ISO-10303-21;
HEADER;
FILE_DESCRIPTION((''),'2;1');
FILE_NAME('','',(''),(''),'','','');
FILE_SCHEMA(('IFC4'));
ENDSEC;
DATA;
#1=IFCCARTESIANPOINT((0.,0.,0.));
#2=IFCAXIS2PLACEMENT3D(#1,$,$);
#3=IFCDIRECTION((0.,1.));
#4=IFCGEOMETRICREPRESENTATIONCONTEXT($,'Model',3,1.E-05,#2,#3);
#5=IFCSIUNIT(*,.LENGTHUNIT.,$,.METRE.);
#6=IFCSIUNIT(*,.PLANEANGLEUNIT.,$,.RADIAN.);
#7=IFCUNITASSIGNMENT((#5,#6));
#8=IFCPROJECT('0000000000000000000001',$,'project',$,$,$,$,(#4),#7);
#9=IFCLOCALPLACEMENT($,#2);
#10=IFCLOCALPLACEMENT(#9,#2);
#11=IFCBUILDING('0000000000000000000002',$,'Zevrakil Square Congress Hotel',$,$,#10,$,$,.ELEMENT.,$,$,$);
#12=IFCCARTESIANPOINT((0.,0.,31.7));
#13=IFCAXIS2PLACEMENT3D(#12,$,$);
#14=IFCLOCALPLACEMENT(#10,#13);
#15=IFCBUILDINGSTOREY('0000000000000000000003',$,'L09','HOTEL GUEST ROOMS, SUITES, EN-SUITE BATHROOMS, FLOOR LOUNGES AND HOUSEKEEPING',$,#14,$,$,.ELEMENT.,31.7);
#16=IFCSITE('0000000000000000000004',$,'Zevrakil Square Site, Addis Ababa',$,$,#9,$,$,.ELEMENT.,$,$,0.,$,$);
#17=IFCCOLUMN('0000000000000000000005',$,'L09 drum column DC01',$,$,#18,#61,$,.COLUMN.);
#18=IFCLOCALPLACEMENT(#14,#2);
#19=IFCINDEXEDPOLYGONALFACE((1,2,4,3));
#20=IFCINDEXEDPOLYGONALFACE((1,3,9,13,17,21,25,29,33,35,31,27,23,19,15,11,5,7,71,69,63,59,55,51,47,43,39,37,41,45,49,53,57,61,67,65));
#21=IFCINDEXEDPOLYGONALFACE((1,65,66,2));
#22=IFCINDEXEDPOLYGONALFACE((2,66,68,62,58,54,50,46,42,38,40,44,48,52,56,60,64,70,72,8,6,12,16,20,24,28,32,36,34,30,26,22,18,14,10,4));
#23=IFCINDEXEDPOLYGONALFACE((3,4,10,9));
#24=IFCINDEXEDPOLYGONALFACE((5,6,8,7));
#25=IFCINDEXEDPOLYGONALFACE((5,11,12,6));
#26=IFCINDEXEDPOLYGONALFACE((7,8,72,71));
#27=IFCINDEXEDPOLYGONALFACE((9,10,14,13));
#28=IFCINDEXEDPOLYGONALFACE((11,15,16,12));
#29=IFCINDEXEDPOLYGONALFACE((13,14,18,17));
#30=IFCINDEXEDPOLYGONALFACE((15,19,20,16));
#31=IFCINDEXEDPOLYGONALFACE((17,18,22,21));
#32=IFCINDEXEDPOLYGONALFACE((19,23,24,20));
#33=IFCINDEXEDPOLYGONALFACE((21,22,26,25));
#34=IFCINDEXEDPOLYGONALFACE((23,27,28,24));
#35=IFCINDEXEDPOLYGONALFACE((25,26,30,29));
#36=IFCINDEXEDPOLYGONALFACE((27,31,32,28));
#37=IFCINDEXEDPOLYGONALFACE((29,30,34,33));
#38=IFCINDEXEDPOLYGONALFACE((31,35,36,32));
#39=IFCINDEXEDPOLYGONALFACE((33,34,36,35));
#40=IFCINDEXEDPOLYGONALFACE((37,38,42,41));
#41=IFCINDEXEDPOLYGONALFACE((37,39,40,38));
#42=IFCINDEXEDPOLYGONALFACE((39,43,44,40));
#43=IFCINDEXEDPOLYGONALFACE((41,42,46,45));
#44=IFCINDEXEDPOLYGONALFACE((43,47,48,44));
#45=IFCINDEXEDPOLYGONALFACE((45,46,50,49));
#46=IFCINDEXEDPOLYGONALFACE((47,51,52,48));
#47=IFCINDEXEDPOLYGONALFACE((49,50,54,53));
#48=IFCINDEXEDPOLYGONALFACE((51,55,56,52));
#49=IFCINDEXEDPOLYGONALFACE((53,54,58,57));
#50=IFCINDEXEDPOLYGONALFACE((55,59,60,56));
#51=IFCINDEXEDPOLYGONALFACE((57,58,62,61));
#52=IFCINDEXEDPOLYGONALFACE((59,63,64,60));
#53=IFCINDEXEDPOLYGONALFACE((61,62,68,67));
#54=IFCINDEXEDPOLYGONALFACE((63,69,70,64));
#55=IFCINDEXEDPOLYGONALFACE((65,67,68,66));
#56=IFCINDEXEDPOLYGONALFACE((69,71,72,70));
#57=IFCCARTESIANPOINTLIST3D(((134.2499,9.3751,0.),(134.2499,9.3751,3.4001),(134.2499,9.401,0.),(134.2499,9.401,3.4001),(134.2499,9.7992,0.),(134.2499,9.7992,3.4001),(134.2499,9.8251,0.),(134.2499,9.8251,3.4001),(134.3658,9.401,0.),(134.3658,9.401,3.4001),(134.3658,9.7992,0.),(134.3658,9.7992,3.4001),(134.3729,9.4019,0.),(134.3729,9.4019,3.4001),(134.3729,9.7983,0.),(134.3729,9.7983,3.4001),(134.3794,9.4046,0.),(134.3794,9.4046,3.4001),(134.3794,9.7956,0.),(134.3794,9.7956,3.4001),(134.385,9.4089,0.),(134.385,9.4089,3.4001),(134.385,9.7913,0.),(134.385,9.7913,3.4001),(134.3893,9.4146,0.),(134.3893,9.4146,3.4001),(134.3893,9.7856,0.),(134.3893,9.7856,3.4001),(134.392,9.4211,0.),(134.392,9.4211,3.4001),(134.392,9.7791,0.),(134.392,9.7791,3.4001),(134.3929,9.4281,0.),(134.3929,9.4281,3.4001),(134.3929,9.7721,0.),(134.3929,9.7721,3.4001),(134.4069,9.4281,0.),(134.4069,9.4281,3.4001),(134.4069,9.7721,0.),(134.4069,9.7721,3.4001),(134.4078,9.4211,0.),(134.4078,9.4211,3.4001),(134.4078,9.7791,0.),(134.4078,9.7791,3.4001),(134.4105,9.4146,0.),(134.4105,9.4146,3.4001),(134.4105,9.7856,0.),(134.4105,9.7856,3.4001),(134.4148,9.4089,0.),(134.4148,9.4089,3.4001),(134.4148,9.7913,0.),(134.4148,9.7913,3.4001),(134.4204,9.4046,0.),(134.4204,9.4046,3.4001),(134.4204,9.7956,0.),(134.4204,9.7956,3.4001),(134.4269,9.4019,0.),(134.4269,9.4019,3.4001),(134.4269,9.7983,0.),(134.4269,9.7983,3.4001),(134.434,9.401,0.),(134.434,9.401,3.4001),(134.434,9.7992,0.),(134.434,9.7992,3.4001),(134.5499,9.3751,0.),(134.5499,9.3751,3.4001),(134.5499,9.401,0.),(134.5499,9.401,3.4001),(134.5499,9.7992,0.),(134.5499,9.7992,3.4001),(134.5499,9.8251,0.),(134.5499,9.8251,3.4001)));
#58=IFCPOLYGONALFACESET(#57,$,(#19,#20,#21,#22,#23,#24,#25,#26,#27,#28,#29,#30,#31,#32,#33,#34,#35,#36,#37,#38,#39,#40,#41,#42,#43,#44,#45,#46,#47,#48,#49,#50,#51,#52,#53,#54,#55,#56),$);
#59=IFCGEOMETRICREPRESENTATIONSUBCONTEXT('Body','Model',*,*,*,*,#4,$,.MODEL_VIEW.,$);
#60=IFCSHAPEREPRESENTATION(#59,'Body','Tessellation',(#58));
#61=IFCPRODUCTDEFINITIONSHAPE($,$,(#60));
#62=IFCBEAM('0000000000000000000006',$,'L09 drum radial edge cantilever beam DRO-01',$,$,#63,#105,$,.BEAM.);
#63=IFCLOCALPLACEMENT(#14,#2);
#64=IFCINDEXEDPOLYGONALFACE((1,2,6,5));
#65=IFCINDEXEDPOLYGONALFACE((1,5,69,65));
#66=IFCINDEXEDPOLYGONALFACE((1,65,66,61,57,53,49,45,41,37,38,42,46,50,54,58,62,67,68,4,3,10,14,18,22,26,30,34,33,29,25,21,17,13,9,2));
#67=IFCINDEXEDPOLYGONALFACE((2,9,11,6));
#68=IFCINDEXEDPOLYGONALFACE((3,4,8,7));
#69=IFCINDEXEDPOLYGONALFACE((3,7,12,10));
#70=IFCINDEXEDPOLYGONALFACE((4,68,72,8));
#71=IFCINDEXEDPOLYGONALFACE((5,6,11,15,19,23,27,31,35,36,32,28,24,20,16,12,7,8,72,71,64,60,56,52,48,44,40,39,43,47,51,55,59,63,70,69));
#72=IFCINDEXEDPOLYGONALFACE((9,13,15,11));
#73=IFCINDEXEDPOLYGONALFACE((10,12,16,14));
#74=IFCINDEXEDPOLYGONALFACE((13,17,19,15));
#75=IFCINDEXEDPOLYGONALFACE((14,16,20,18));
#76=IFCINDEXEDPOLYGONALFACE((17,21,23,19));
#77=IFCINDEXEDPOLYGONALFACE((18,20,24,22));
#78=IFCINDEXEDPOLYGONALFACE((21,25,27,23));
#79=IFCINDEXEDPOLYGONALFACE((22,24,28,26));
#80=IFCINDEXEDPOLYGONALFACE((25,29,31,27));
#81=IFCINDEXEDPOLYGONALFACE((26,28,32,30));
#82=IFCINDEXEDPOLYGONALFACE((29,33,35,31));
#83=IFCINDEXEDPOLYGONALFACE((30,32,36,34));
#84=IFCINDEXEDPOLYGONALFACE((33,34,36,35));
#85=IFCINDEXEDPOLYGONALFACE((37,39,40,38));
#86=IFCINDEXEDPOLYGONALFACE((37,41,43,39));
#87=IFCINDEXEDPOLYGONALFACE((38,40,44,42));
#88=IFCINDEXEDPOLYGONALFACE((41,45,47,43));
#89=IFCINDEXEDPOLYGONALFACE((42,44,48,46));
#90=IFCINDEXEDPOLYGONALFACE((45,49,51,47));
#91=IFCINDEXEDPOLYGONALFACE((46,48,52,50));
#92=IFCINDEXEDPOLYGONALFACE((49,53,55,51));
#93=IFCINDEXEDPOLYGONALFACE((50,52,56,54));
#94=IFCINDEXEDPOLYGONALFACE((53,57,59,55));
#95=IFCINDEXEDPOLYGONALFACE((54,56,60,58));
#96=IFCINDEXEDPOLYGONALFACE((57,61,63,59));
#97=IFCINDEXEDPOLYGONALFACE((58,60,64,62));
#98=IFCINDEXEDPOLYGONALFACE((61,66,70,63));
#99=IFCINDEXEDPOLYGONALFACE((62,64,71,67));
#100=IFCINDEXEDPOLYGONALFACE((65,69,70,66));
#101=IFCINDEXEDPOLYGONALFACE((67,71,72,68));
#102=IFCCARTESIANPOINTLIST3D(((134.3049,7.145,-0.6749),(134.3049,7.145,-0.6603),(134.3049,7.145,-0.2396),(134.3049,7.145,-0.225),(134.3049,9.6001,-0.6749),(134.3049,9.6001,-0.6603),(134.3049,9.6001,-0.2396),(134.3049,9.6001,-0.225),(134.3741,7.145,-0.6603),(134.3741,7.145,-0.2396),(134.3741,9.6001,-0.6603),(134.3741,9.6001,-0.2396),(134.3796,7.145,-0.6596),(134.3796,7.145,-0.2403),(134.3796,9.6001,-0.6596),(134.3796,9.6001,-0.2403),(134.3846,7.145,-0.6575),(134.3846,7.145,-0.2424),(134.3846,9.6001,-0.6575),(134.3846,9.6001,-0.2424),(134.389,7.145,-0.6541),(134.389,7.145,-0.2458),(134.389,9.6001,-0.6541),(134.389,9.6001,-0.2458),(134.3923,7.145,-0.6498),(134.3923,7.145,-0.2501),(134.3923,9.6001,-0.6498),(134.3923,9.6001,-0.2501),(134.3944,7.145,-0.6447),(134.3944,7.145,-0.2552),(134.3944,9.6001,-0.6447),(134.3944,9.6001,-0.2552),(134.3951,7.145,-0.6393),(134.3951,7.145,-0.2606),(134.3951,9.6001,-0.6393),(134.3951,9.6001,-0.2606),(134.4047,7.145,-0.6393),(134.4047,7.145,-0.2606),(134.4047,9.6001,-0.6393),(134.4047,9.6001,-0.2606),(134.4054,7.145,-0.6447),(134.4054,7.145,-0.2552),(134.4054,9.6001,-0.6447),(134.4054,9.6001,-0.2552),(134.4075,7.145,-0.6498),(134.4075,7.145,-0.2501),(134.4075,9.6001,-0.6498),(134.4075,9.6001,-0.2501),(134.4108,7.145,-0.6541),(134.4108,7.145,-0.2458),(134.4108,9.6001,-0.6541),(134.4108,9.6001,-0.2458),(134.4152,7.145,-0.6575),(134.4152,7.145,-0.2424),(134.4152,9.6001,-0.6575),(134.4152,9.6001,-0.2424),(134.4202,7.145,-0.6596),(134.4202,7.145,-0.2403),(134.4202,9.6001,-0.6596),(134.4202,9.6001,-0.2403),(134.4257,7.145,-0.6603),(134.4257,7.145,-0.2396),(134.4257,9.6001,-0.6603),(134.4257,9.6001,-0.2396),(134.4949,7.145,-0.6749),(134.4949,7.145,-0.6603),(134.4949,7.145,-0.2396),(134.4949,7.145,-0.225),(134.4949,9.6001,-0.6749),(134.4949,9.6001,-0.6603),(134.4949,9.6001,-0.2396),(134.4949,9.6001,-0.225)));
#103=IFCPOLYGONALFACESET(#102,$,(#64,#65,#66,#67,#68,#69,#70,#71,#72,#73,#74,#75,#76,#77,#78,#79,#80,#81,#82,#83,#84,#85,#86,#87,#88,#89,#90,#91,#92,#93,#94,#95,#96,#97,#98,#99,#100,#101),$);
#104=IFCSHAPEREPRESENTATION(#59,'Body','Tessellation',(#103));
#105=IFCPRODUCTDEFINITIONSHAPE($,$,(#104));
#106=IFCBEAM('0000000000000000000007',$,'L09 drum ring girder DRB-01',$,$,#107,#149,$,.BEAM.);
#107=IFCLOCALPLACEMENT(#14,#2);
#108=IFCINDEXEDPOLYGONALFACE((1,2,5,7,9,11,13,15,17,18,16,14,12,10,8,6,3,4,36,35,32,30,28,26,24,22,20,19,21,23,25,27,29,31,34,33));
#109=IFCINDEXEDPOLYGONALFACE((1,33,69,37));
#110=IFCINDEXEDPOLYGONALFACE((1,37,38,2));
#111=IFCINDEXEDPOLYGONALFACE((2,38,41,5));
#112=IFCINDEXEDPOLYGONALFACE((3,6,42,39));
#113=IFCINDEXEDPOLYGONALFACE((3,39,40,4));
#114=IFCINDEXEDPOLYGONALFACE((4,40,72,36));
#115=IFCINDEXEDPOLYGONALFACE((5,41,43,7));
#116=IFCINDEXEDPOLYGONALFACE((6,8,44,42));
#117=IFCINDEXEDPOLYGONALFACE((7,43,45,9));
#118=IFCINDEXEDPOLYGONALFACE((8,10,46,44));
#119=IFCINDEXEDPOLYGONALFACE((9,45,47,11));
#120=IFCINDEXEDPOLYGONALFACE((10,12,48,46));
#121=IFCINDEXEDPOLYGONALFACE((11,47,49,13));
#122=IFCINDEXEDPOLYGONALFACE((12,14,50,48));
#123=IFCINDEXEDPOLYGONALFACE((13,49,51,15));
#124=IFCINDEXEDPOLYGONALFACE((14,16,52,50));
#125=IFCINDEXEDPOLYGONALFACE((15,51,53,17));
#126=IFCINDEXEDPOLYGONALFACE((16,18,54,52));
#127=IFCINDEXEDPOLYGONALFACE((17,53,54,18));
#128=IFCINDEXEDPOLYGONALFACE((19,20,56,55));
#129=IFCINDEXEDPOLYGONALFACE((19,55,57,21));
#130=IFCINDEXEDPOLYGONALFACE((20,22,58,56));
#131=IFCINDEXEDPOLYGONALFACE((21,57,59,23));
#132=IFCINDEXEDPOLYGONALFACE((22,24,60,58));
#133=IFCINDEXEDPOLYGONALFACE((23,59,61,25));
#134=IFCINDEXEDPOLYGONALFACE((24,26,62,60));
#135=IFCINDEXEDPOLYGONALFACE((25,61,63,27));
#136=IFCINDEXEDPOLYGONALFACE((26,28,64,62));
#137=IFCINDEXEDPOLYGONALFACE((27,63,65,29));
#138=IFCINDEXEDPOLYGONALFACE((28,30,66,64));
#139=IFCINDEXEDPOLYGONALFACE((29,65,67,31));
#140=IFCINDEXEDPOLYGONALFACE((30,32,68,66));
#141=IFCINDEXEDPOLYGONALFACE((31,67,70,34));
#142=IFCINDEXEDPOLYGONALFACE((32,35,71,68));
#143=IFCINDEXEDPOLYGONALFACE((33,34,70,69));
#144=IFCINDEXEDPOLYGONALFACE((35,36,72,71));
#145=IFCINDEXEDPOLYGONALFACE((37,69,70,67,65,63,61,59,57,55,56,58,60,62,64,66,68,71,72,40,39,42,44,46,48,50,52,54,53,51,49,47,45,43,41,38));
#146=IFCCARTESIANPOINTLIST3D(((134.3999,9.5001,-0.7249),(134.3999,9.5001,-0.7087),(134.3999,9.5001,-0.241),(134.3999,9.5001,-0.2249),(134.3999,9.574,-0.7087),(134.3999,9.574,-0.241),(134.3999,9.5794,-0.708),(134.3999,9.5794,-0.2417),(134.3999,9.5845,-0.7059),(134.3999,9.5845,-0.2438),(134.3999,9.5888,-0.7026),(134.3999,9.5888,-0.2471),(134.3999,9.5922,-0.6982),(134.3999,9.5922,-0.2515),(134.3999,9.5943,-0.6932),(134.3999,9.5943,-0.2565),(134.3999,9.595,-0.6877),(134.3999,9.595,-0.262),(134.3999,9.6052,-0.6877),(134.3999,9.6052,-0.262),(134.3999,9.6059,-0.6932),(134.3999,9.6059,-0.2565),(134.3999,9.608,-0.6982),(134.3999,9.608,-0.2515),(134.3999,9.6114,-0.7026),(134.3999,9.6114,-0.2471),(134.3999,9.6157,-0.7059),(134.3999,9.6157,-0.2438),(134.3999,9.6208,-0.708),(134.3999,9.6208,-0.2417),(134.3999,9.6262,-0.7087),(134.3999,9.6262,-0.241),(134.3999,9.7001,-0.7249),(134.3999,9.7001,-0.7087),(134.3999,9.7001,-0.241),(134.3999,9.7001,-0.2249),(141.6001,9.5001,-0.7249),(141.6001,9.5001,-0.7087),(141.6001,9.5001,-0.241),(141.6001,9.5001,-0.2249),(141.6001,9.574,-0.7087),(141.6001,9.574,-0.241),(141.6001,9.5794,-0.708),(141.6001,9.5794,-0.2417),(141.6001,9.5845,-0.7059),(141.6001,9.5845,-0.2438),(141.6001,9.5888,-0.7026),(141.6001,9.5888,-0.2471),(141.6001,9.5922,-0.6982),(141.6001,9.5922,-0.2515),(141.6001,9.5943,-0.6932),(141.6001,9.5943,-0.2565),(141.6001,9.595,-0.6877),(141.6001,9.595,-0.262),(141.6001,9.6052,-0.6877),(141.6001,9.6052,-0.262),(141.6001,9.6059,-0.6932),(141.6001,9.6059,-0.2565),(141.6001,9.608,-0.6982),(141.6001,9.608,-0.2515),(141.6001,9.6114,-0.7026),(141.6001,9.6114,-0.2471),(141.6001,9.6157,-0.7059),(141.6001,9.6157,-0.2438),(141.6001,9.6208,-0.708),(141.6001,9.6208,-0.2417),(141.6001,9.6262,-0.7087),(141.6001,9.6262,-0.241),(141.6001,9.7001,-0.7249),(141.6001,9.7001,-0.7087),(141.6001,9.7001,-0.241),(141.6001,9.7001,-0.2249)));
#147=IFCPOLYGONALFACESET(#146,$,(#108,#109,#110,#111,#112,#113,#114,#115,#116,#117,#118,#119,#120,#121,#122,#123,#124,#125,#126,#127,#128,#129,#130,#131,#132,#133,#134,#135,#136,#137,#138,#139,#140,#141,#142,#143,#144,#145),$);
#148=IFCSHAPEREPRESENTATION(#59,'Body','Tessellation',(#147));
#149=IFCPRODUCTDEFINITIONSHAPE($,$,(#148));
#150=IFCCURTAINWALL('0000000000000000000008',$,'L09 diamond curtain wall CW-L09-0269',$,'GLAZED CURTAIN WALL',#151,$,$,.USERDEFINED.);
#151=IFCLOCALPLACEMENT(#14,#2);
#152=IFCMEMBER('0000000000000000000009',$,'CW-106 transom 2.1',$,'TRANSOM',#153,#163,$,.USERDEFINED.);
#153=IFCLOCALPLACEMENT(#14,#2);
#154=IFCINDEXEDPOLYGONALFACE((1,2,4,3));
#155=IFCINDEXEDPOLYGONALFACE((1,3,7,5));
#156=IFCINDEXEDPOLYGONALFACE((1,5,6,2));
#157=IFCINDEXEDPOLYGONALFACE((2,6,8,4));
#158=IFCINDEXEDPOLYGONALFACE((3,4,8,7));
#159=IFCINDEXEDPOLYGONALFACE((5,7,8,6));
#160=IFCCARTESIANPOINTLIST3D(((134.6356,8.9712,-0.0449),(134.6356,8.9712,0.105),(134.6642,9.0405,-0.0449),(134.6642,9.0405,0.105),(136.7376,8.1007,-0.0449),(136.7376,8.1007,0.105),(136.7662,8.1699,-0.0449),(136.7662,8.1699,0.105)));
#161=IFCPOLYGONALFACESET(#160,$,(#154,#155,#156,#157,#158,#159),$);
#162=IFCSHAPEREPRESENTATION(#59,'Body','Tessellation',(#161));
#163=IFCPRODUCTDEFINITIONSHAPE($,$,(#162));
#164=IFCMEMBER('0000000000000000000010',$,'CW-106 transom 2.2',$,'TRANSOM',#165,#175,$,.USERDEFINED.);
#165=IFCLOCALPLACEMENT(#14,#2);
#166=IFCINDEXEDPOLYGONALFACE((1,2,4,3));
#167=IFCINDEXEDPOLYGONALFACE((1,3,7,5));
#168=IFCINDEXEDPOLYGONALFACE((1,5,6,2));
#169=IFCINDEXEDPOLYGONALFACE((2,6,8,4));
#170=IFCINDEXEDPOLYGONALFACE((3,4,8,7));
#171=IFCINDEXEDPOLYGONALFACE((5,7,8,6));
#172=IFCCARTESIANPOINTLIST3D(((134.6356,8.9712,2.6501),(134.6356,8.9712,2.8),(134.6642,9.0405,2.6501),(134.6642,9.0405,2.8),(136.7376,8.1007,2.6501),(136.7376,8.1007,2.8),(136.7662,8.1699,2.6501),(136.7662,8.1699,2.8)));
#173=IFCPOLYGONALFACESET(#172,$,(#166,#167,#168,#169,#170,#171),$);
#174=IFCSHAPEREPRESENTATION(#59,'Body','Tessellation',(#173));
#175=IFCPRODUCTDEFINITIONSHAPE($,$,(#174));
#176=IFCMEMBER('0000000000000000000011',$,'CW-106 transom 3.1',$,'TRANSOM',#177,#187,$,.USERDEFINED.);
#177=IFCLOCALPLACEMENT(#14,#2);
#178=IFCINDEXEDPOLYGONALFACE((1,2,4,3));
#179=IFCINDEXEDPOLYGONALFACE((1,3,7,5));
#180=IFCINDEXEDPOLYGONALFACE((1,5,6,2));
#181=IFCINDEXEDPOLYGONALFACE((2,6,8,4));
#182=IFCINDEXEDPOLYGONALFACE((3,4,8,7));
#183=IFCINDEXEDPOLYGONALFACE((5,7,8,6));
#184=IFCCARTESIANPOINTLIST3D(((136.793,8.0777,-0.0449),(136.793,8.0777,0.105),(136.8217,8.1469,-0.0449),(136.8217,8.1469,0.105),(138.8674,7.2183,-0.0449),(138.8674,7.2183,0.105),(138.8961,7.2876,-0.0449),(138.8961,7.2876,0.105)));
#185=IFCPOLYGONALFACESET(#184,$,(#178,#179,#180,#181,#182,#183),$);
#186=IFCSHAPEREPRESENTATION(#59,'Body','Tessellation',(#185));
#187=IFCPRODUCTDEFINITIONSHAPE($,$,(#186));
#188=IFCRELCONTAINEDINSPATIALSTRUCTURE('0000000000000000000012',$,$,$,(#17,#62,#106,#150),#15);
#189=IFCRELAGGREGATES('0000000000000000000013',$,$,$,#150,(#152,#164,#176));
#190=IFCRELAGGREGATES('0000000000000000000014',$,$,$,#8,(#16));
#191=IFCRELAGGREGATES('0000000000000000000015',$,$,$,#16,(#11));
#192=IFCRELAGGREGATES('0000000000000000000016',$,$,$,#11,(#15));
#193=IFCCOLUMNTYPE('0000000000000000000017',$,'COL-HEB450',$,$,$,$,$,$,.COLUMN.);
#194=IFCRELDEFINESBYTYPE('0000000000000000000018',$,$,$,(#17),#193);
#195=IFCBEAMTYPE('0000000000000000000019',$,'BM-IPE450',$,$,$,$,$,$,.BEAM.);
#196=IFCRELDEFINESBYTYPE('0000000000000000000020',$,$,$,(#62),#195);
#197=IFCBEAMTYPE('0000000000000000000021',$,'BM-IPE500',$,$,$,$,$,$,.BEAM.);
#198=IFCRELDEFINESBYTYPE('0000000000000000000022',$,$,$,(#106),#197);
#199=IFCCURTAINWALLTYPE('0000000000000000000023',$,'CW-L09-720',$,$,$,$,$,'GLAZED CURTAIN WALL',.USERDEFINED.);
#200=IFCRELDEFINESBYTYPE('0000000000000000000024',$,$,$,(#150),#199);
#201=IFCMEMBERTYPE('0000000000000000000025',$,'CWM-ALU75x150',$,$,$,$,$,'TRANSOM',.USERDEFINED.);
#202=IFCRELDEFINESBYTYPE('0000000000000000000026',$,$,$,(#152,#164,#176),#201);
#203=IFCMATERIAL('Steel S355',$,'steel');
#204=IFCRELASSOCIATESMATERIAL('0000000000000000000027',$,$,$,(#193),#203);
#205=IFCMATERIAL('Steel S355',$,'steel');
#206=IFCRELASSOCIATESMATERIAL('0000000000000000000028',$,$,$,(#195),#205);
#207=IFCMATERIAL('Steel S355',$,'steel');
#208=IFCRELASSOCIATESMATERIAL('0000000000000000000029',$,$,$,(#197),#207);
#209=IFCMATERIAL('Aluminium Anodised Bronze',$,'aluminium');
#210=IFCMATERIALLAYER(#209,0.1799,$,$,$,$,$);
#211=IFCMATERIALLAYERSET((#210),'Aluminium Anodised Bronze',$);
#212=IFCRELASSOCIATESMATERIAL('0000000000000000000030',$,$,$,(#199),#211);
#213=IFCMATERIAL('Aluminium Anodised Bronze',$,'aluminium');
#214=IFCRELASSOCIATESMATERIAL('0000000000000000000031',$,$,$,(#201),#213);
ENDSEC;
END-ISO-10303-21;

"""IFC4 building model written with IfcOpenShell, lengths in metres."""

from ifc_helpers import new_model, si_unit, direction, frame, origin, origin_2d, place, context, subcontext, project, spatial, rectangle, i_section, extrude, material, layer, layer_set, material_profile, profile_set, type_object, element, aggregate, save


model = new_model("IFC4")

# Units and contexts
model_context = context("Model", 3, precision=1e-05, world=origin(), true_north=direction((0.0, 1.0)))
body_context = subcontext(model_context, "Body", "Model", "MODEL_VIEW")
ifc_project = project(units=[si_unit("LENGTHUNIT", "METRE"), si_unit("PLANEANGLEUNIT", "RADIAN")], contexts=[model_context])

# Site, building, storey
site_placement = place(None, origin())
site = spatial("IfcSite", under=ifc_project, at=site_placement, Name="Zevrakil Square Site, Addis Ababa", CompositionType="ELEMENT", RefElevation=0.0)
building_placement = place(site_placement, origin())
building = spatial("IfcBuilding", under=site, at=building_placement, Name="Zevrakil Square Congress Hotel", CompositionType="ELEMENT")
storey_placement = place(building_placement, frame((0.0, 0.0, 31.7)))
storey = spatial("IfcBuildingStorey", under=building, at=storey_placement, Name="L09", Description="HOTEL GUEST ROOMS, SUITES, EN-SUITE BATHROOMS, FLOOR LOUNGES AND HOUSEKEEPING", CompositionType="ELEMENT", Elevation=31.7)

# Column
ifc_material_1 = material(Name="Steel S355", Category="steel")
ifc_material_profile_1 = material_profile(ifc_material_1, i_section(OverallWidth=0.3, OverallDepth=0.45, WebThickness=0.0139, FlangeThickness=0.0259, FilletRadius=0.0271, at=origin_2d()), Name="HEB 450")
ifc_profile_set_1 = profile_set([ifc_material_profile_1], Name="Steel S355")
column_type = type_object("IfcColumnType", Name="COL-HEB450", PredefinedType="COLUMN", material=ifc_profile_set_1)
column_placement = place(storey_placement, frame((134.3999, 9.6001, 0.0), z_axis=(0.0, 0.0, 1.0), x_axis=(1.0, 0.0, 0.0)))
element("IfcColumn", 1, at=column_placement, inside=storey, type_object=column_type, Name="L09 drum column DC01", PredefinedType="COLUMN", context=body_context, shape_type="SweptSolid", body=[
    extrude(i_section(OverallWidth=0.3, OverallDepth=0.45, WebThickness=0.0139, FlangeThickness=0.0259, FilletRadius=0.0271, at=origin_2d()), origin(), (0.0, 0.0, 1.0), 3.4001),
])

# Beams
ifc_material_2 = material(Name="Steel S355", Category="steel")
ifc_material_profile_2 = material_profile(ifc_material_2, i_section(OverallWidth=0.1899, OverallDepth=0.45, WebThickness=0.0095, FlangeThickness=0.0146, FilletRadius=0.021, at=origin_2d()), Name="IPE 450")
ifc_profile_set_2 = profile_set([ifc_material_profile_2], Name="Steel S355")
beam_type_1 = type_object("IfcBeamType", Name="BM-IPE450", PredefinedType="BEAM", material=ifc_profile_set_2)
beam_1_placement = place(storey_placement, frame((134.3999, 9.6001, -0.45), z_axis=(0.0, -1.0, 0.0), x_axis=(1.0, 0.0, 0.0)))
element("IfcBeam", 2, at=beam_1_placement, inside=storey, type_object=beam_type_1, Name="L09 drum radial edge cantilever beam DRO-01", PredefinedType="BEAM", context=body_context, shape_type="SweptSolid", body=[
    extrude(i_section(OverallWidth=0.1899, OverallDepth=0.45, WebThickness=0.0095, FlangeThickness=0.0146, FilletRadius=0.021, at=origin_2d()), origin(), (0.0, 0.0, 1.0), 2.4551),
])
ifc_material_3 = material(Name="Steel S355", Category="steel")
ifc_material_profile_3 = material_profile(ifc_material_3, i_section(OverallWidth=0.2, OverallDepth=0.5, WebThickness=0.0103, FlangeThickness=0.0161, FilletRadius=0.021, at=origin_2d()), Name="IPE 500")
ifc_profile_set_3 = profile_set([ifc_material_profile_3], Name="Steel S355")
beam_type_2 = type_object("IfcBeamType", Name="BM-IPE500", PredefinedType="BEAM", material=ifc_profile_set_3)
beam_2_placement = place(storey_placement, frame((134.3999, 9.6001, -0.4749), z_axis=(1.0, 0.0, 0.0), x_axis=(0.0, 1.0, 0.0)))
element("IfcBeam", 3, at=beam_2_placement, inside=storey, type_object=beam_type_2, Name="L09 drum ring girder DRB-01", PredefinedType="BEAM", context=body_context, shape_type="SweptSolid", body=[
    extrude(i_section(OverallWidth=0.2, OverallDepth=0.5, WebThickness=0.0103, FlangeThickness=0.0161, FilletRadius=0.021, at=origin_2d()), origin(), (0.0, 0.0, 1.0), 7.2002),
])

# Curtain wall, members
ifc_material_4 = material(Name="Aluminium Anodised Bronze", Category="aluminium")
ifc_layer_1 = layer(ifc_material_4, 0.1799)
ifc_layer_set_1 = layer_set([ifc_layer_1], Name="Aluminium Anodised Bronze")
curtain_wall_type_1 = type_object("IfcCurtainWallType", Name="CW-L09-720", ElementType="GLAZED CURTAIN WALL", PredefinedType="USERDEFINED", material=ifc_layer_set_1)
curtain_wall_1_placement = place(storey_placement, origin())
curtain_wall_1 = element("IfcCurtainWall", 4, at=curtain_wall_1_placement, inside=storey, type_object=curtain_wall_type_1, Name="L09 diamond curtain wall CW-L09-0269", ObjectType="GLAZED CURTAIN WALL", PredefinedType="USERDEFINED")
ifc_material_5 = material(Name="Aluminium Anodised Bronze", Category="aluminium")
ifc_material_profile_4 = material_profile(ifc_material_5, rectangle(XDim=0.075, YDim=0.1499, at=origin_2d()), Name="ALU 75x150")
ifc_profile_set_4 = profile_set([ifc_material_profile_4], Name="Aluminium Anodised Bronze")
member_type_1 = type_object("IfcMemberType", Name="CWM-ALU75x150", ElementType="TRANSOM", PredefinedType="USERDEFINED", material=ifc_profile_set_4)
member_1_placement = place(storey_placement, frame((134.6499, 9.0059, 0.03), z_axis=(0.923894, -0.382649, 0.0), x_axis=(0.382649, 0.923894, 0.0)))
member_1 = element("IfcMember", 5, at=member_1_placement, type_object=member_type_1, Name="CW-106 transom 2.1", ObjectType="TRANSOM", PredefinedType="USERDEFINED", context=body_context, shape_type="SweptSolid", body=[
    extrude(rectangle(XDim=0.075, YDim=0.1499, at=origin_2d()), origin(), (0.0, 0.0, 1.0), 2.2751),
])
member_2_placement = place(storey_placement, frame((134.6499, 9.0059, 2.7251), z_axis=(0.923894, -0.382649, 0.0), x_axis=(0.382649, 0.923894, 0.0)))
member_2 = element("IfcMember", 6, at=member_2_placement, type_object=member_type_1, Name="CW-106 transom 2.2", ObjectType="TRANSOM", PredefinedType="USERDEFINED", context=body_context, shape_type="SweptSolid", body=[
    extrude(rectangle(XDim=0.075, YDim=0.1499, at=origin_2d()), origin(), (0.0, 0.0, 1.0), 2.2751),
])
member_3_placement = place(storey_placement, frame((136.8074, 8.1123, 0.03), z_axis=(0.923863, -0.382723, 0.0), x_axis=(0.382723, 0.923863, 0.0)))
member_3 = element("IfcMember", 7, at=member_3_placement, type_object=member_type_1, Name="CW-106 transom 3.1", ObjectType="TRANSOM", PredefinedType="USERDEFINED", context=body_context, shape_type="SweptSolid", body=[
    extrude(rectangle(XDim=0.075, YDim=0.1499, at=origin_2d()), origin(), (0.0, 0.0, 1.0), 2.2454),
])

aggregate(curtain_wall_1, [member_1, member_2, member_3])

save(model, "model.ifc")
